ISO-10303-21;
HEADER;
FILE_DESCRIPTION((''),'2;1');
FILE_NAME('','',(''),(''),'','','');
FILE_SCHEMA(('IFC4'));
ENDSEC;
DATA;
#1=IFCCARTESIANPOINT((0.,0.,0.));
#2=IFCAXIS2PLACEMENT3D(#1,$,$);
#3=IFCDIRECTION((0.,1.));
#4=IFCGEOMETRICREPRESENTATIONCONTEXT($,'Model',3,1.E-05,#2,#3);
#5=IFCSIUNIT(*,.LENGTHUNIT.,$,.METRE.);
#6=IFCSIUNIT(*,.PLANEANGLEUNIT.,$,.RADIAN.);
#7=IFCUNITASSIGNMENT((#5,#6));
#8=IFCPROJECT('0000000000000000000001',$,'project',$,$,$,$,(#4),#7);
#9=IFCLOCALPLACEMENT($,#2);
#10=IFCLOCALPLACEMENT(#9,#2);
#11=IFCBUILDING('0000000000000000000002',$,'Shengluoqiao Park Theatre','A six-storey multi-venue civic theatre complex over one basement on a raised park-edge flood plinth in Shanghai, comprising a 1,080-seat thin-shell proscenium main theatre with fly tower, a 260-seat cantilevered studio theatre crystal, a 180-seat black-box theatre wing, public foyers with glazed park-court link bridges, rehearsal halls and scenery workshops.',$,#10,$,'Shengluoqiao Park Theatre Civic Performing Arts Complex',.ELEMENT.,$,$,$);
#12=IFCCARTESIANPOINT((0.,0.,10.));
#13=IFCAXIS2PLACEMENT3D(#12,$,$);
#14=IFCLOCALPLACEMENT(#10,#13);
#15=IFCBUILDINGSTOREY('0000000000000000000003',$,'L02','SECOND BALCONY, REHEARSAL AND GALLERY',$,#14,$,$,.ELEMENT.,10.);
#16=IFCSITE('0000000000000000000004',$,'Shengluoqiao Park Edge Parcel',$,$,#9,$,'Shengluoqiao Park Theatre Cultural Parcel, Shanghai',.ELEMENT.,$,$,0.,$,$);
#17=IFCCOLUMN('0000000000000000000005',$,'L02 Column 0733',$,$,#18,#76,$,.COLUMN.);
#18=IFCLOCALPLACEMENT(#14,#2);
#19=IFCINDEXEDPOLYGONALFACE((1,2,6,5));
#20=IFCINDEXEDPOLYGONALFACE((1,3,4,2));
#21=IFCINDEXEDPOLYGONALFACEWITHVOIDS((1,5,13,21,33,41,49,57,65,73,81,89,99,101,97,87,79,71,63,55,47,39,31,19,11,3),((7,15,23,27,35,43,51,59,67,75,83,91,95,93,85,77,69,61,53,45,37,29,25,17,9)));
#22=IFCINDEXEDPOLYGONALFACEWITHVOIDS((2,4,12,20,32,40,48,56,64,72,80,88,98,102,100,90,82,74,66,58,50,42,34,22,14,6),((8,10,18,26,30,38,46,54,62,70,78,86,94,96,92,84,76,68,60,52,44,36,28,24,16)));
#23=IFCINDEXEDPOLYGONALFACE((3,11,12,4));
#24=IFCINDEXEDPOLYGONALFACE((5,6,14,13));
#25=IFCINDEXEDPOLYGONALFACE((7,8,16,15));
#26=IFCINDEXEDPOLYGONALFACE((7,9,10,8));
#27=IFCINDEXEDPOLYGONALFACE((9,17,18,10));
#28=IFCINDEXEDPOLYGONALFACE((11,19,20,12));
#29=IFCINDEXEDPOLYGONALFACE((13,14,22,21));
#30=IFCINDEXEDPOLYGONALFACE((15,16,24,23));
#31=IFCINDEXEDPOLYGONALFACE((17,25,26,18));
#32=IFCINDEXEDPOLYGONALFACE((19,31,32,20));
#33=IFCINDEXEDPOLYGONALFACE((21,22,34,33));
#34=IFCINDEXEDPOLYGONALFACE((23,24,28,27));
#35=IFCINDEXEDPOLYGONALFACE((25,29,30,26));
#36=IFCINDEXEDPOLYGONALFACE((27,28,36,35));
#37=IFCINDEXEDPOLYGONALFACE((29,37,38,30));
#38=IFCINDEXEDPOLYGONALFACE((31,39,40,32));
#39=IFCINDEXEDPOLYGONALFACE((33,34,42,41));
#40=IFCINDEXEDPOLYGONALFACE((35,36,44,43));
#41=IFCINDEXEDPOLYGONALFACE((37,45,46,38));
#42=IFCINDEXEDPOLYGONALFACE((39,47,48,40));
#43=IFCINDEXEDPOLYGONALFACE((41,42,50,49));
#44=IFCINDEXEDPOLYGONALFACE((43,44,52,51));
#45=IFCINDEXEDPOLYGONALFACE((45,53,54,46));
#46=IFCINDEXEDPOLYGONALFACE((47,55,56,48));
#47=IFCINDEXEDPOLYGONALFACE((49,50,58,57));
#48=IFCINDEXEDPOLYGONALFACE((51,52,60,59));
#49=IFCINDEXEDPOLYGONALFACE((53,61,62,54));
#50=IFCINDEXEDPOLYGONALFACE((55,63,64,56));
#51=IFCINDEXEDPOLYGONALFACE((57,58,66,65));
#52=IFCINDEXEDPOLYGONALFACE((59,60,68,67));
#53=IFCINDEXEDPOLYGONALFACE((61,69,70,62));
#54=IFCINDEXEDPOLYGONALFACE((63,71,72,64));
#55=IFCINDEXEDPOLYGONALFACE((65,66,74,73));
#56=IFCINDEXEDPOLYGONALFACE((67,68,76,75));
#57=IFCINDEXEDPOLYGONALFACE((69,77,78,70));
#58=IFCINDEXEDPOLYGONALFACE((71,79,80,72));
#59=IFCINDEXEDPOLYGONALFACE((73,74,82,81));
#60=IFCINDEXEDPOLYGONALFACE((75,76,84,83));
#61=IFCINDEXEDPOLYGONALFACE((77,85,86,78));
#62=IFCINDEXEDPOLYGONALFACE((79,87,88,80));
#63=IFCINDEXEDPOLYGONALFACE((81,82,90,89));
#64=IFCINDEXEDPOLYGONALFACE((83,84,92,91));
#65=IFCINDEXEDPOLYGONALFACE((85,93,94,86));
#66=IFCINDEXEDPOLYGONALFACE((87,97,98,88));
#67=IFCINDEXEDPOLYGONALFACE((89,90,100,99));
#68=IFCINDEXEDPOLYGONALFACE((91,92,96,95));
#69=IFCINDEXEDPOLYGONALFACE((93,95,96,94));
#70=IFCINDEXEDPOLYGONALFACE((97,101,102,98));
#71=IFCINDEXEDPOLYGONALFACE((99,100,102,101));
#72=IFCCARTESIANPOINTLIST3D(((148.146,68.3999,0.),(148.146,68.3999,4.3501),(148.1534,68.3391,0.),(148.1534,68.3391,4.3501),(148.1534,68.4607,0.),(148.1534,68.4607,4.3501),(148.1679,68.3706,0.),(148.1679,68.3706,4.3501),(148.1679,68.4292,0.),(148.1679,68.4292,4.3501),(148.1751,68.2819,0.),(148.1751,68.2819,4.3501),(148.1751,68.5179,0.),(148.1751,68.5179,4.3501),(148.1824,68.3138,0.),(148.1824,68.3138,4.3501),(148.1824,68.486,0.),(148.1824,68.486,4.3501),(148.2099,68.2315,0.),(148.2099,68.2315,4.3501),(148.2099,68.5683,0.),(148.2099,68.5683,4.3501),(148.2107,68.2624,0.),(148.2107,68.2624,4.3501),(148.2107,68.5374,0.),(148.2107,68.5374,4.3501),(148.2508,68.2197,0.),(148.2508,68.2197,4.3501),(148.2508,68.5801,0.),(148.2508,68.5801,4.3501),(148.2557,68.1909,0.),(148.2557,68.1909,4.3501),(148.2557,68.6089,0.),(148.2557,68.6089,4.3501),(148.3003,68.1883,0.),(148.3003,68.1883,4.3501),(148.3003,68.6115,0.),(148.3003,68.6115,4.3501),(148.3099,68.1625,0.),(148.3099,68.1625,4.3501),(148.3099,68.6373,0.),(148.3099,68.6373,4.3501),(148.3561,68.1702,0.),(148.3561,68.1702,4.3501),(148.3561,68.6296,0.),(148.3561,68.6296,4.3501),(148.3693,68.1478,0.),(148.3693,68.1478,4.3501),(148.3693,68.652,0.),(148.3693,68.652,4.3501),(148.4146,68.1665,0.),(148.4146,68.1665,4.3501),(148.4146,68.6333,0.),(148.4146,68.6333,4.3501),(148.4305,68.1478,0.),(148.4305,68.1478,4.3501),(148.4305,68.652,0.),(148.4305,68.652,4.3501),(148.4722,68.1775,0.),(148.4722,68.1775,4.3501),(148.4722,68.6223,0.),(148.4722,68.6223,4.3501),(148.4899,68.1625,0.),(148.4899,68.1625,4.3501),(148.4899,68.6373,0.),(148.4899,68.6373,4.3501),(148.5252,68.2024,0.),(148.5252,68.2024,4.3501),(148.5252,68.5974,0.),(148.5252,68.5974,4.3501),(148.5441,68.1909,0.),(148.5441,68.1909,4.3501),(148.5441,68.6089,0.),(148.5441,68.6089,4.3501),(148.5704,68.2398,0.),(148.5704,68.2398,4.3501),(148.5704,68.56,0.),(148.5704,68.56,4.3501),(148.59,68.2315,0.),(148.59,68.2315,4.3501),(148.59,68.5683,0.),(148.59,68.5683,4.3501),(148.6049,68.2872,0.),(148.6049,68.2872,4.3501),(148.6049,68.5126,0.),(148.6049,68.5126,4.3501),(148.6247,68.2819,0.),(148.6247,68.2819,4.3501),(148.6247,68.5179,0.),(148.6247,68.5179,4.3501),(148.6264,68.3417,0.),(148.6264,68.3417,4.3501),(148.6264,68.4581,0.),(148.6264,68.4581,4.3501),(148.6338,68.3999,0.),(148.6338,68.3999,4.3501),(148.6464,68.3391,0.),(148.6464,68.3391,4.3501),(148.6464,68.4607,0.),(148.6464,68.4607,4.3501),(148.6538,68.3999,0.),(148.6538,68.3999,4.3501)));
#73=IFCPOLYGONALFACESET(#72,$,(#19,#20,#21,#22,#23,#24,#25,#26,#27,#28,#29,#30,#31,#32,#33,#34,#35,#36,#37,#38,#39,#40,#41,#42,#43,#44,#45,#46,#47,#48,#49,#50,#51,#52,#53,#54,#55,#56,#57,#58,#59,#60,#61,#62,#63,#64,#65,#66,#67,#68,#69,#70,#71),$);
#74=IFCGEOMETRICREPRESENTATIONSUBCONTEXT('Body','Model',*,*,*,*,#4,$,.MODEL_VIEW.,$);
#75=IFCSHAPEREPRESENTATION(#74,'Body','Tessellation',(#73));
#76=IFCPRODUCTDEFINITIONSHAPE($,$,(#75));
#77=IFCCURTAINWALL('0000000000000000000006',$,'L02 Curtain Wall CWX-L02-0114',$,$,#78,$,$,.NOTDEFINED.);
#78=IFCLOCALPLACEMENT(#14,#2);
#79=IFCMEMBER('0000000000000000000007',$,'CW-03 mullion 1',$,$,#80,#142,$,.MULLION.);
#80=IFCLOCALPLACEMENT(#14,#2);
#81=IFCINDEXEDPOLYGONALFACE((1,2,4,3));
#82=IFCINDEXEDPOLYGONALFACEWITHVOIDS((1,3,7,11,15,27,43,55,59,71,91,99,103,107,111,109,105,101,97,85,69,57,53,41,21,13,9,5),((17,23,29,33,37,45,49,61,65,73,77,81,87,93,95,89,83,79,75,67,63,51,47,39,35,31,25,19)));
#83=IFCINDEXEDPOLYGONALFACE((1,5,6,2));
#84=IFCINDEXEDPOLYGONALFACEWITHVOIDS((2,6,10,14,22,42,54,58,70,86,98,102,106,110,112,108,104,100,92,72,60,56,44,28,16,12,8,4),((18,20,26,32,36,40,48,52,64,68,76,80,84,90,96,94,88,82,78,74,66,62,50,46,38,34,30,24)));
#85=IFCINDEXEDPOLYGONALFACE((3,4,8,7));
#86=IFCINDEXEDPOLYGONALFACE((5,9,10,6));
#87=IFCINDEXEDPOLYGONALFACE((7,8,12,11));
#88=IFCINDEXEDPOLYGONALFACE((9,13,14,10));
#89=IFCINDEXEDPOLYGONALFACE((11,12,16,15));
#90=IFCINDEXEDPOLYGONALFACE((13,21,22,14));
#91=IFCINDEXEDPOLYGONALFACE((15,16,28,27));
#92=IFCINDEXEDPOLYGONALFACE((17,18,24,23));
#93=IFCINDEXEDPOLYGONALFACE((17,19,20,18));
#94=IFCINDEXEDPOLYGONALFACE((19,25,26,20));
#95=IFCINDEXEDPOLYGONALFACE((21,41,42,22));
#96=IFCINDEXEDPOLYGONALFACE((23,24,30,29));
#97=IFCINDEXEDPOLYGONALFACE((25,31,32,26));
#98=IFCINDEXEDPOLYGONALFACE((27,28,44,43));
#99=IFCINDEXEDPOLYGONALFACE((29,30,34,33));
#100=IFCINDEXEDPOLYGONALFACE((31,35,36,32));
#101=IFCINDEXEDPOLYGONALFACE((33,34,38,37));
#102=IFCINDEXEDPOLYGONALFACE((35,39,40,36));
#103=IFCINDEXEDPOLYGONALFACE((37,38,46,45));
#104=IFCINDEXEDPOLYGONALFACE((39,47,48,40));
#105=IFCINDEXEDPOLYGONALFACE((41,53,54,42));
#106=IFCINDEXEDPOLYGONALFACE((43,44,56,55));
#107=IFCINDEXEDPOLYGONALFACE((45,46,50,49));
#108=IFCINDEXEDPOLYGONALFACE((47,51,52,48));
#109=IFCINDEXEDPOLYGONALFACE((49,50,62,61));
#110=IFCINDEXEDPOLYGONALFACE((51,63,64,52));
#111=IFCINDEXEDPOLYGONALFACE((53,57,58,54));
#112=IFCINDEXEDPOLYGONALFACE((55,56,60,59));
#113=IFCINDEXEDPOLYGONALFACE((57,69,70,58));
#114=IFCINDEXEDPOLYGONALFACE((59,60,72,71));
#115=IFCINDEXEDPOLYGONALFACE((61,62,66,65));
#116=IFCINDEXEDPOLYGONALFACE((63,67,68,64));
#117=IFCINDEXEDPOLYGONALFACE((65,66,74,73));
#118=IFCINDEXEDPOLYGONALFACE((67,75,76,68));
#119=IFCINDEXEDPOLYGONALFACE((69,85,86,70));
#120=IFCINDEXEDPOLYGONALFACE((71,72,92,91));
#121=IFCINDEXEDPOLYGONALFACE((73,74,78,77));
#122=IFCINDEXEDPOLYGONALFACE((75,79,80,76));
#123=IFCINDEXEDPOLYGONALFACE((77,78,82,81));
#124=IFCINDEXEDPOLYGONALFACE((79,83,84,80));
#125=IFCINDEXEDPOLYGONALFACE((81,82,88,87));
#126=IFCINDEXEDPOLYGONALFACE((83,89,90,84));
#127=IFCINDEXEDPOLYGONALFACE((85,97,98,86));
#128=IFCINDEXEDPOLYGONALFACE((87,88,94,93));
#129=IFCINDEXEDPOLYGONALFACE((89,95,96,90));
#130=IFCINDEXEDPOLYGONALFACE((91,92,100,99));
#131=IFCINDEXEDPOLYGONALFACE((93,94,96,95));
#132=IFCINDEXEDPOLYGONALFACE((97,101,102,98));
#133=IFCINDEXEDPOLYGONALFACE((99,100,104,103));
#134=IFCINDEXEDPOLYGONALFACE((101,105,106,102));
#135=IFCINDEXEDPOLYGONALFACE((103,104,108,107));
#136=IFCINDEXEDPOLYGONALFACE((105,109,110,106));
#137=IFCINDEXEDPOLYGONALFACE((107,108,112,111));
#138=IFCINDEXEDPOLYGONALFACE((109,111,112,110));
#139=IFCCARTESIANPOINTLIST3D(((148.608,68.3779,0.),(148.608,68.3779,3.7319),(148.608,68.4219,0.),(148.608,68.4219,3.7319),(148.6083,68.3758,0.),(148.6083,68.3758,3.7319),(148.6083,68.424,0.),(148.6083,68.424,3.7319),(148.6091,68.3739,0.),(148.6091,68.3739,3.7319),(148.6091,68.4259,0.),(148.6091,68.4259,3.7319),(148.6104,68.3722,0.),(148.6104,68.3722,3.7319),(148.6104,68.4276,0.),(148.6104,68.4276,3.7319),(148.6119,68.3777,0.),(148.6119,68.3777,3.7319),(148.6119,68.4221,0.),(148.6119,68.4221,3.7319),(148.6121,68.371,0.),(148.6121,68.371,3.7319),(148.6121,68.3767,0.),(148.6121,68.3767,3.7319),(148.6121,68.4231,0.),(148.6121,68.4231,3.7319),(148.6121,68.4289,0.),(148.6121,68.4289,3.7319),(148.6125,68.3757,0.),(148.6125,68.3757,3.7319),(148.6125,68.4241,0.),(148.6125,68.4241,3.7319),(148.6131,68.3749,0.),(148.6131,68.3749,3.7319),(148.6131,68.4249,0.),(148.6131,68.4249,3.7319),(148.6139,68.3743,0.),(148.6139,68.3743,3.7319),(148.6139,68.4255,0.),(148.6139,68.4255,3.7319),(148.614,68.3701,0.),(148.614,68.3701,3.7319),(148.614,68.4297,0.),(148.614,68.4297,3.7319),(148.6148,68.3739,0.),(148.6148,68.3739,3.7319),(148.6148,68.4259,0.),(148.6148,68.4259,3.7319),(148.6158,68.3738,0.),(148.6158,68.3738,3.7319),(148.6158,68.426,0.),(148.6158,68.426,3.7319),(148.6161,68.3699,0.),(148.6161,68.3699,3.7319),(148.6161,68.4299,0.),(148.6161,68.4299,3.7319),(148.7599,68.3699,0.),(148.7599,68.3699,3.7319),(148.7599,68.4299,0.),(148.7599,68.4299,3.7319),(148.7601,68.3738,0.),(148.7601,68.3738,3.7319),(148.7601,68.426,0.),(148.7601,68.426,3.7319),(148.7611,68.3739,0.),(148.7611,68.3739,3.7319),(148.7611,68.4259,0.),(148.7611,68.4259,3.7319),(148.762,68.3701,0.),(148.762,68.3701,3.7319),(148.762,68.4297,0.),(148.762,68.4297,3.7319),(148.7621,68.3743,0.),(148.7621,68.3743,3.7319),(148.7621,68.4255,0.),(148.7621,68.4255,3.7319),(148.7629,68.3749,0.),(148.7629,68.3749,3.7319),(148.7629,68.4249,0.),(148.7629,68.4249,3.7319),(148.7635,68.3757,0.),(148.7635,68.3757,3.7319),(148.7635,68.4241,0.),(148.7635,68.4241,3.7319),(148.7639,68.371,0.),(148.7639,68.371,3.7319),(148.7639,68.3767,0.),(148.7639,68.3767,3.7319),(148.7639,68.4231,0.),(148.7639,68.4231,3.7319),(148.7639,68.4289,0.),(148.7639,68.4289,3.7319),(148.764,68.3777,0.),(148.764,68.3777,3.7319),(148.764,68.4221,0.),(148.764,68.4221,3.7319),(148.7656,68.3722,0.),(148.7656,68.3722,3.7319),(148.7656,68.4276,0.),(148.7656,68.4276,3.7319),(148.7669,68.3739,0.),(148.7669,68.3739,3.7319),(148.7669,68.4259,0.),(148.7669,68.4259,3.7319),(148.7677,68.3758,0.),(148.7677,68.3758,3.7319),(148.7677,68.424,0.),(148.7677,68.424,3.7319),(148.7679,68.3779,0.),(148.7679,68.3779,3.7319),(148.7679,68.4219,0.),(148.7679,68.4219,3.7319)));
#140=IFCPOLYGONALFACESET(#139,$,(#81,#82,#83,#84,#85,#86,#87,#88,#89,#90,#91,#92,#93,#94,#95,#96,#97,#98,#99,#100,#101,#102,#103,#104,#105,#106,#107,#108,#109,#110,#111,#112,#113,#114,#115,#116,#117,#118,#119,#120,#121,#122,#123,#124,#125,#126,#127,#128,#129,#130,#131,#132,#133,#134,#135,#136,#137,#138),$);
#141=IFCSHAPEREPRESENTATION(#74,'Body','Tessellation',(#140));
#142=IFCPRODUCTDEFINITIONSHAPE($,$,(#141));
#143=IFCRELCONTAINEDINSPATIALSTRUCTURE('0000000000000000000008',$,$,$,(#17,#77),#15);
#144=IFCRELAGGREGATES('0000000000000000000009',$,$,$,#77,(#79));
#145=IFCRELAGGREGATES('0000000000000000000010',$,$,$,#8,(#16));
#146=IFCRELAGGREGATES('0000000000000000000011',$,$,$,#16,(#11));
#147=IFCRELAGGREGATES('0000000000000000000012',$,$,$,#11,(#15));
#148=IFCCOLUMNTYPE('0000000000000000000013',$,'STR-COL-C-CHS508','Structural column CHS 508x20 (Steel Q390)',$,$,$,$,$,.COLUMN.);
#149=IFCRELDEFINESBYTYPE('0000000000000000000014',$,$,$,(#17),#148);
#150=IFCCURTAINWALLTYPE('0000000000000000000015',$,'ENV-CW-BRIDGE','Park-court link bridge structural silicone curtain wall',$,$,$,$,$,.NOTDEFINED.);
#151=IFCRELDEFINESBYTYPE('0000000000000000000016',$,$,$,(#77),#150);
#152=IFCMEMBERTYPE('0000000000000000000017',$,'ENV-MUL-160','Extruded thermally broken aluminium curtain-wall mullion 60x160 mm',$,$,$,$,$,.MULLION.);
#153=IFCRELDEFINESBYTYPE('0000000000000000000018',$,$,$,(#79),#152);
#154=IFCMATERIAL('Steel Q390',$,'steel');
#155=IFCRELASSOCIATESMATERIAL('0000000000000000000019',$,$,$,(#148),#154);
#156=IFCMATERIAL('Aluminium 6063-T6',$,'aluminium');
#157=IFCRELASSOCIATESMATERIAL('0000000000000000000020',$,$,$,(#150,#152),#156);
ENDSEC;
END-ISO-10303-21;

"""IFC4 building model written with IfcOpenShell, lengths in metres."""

from ifc_helpers import new_model, si_unit, direction, frame, origin, origin_2d, place, context, subcontext, project, spatial, hollow_rectangle, hollow_circle, extrude, material, material_profile, profile_set, type_object, element, aggregate, save


model = new_model("IFC4")

# Units and contexts
model_context = context("Model", 3, precision=1e-05, world=origin(), true_north=direction((0.0, 1.0)))
body_context = subcontext(model_context, "Body", "Model", "MODEL_VIEW")
ifc_project = project(units=[si_unit("LENGTHUNIT", "METRE"), si_unit("PLANEANGLEUNIT", "RADIAN")], contexts=[model_context])

# Site, building, storey
site_placement = place(None, origin())
site = spatial("IfcSite", under=ifc_project, at=site_placement, Name="Shengluoqiao Park Edge Parcel", LongName="Shengluoqiao Park Theatre Cultural Parcel, Shanghai", CompositionType="ELEMENT", RefElevation=0.0)
building_placement = place(site_placement, origin())
building = spatial("IfcBuilding", under=site, at=building_placement, Name="Shengluoqiao Park Theatre", Description="A six-storey multi-venue civic theatre complex over one basement on a raised park-edge flood plinth in Shanghai, comprising a 1,080-seat thin-shell proscenium main theatre with fly tower, a 260-seat cantilevered studio theatre crystal, a 180-seat black-box theatre wing, public foyers with glazed park-court link bridges, rehearsal halls and scenery workshops.", LongName="Shengluoqiao Park Theatre Civic Performing Arts Complex", CompositionType="ELEMENT")
storey_placement = place(building_placement, frame((0.0, 0.0, 10.0)))
storey = spatial("IfcBuildingStorey", under=building, at=storey_placement, Name="L02", Description="SECOND BALCONY, REHEARSAL AND GALLERY", CompositionType="ELEMENT", Elevation=10.0)

# Column
ifc_material_1 = material(Name="Steel Q390", Category="steel")
ifc_material_profile_1 = material_profile(ifc_material_1, hollow_circle(Radius=0.2539, WallThickness=0.02, at=origin_2d()), Name="CHS 508x20")
ifc_profile_set_1 = profile_set([ifc_material_profile_1], Name="Steel Q390")
column_type = type_object("IfcColumnType", Name="STR-COL-C-CHS508", Description="Structural column CHS 508x20 (Steel Q390)", PredefinedType="COLUMN", material=ifc_profile_set_1)
column_placement = place(storey_placement, frame((148.3999, 68.3999, 0.0), z_axis=(0.0, 0.0, 1.0), x_axis=(1.0, 0.0, 0.0)))
element("IfcColumn", 1, at=column_placement, inside=storey, type_object=column_type, Name="L02 Column 0733", PredefinedType="COLUMN", context=body_context, shape_type="SweptSolid", body=[
    extrude(hollow_circle(Radius=0.2539, WallThickness=0.02, at=origin_2d()), origin(), (0.0, 0.0, 1.0), 4.3501),
])

# Curtain wall, member
ifc_material_2 = material(Name="Aluminium 6063-T6", Category="aluminium")
curtain_wall_type_1 = type_object("IfcCurtainWallType", Name="ENV-CW-BRIDGE", Description="Park-court link bridge structural silicone curtain wall", PredefinedType="NOTDEFINED", material=ifc_material_2)
curtain_wall_1_placement = place(storey_placement, origin())
curtain_wall_1 = element("IfcCurtainWall", 2, at=curtain_wall_1_placement, inside=storey, type_object=curtain_wall_type_1, Name="L02 Curtain Wall CWX-L02-0114", PredefinedType="NOTDEFINED")
ifc_material_profile_2 = material_profile(ifc_material_2, hollow_rectangle(XDim=0.0601, YDim=0.1599, WallThickness=0.0039, InnerFilletRadius=0.0039, OuterFilletRadius=0.0081, at=origin_2d()), Name="ALU MULLION 160x60x4")
ifc_profile_set_2 = profile_set([ifc_material_profile_2], Name="Aluminium 6063-T6")
member_type_1 = type_object("IfcMemberType", Name="ENV-MUL-160", Description="Extruded thermally broken aluminium curtain-wall mullion 60x160 mm", PredefinedType="MULLION", material=ifc_profile_set_2)
member_1_placement = place(storey_placement, frame((148.688, 68.3999, 0.0), z_axis=(0.0, 0.0, 1.0), x_axis=(0.0, 1.0, 0.0)))
member_1 = element("IfcMember", 3, at=member_1_placement, type_object=member_type_1, Name="CW-03 mullion 1", PredefinedType="MULLION", context=body_context, shape_type="SweptSolid", body=[
    extrude(hollow_rectangle(XDim=0.0601, YDim=0.1599, WallThickness=0.0039, InnerFilletRadius=0.0039, OuterFilletRadius=0.0081, at=origin_2d()), origin(), (0.0, 0.0, 1.0), 3.7319),
])

aggregate(curtain_wall_1, [member_1])

save(model, "model.ifc")
